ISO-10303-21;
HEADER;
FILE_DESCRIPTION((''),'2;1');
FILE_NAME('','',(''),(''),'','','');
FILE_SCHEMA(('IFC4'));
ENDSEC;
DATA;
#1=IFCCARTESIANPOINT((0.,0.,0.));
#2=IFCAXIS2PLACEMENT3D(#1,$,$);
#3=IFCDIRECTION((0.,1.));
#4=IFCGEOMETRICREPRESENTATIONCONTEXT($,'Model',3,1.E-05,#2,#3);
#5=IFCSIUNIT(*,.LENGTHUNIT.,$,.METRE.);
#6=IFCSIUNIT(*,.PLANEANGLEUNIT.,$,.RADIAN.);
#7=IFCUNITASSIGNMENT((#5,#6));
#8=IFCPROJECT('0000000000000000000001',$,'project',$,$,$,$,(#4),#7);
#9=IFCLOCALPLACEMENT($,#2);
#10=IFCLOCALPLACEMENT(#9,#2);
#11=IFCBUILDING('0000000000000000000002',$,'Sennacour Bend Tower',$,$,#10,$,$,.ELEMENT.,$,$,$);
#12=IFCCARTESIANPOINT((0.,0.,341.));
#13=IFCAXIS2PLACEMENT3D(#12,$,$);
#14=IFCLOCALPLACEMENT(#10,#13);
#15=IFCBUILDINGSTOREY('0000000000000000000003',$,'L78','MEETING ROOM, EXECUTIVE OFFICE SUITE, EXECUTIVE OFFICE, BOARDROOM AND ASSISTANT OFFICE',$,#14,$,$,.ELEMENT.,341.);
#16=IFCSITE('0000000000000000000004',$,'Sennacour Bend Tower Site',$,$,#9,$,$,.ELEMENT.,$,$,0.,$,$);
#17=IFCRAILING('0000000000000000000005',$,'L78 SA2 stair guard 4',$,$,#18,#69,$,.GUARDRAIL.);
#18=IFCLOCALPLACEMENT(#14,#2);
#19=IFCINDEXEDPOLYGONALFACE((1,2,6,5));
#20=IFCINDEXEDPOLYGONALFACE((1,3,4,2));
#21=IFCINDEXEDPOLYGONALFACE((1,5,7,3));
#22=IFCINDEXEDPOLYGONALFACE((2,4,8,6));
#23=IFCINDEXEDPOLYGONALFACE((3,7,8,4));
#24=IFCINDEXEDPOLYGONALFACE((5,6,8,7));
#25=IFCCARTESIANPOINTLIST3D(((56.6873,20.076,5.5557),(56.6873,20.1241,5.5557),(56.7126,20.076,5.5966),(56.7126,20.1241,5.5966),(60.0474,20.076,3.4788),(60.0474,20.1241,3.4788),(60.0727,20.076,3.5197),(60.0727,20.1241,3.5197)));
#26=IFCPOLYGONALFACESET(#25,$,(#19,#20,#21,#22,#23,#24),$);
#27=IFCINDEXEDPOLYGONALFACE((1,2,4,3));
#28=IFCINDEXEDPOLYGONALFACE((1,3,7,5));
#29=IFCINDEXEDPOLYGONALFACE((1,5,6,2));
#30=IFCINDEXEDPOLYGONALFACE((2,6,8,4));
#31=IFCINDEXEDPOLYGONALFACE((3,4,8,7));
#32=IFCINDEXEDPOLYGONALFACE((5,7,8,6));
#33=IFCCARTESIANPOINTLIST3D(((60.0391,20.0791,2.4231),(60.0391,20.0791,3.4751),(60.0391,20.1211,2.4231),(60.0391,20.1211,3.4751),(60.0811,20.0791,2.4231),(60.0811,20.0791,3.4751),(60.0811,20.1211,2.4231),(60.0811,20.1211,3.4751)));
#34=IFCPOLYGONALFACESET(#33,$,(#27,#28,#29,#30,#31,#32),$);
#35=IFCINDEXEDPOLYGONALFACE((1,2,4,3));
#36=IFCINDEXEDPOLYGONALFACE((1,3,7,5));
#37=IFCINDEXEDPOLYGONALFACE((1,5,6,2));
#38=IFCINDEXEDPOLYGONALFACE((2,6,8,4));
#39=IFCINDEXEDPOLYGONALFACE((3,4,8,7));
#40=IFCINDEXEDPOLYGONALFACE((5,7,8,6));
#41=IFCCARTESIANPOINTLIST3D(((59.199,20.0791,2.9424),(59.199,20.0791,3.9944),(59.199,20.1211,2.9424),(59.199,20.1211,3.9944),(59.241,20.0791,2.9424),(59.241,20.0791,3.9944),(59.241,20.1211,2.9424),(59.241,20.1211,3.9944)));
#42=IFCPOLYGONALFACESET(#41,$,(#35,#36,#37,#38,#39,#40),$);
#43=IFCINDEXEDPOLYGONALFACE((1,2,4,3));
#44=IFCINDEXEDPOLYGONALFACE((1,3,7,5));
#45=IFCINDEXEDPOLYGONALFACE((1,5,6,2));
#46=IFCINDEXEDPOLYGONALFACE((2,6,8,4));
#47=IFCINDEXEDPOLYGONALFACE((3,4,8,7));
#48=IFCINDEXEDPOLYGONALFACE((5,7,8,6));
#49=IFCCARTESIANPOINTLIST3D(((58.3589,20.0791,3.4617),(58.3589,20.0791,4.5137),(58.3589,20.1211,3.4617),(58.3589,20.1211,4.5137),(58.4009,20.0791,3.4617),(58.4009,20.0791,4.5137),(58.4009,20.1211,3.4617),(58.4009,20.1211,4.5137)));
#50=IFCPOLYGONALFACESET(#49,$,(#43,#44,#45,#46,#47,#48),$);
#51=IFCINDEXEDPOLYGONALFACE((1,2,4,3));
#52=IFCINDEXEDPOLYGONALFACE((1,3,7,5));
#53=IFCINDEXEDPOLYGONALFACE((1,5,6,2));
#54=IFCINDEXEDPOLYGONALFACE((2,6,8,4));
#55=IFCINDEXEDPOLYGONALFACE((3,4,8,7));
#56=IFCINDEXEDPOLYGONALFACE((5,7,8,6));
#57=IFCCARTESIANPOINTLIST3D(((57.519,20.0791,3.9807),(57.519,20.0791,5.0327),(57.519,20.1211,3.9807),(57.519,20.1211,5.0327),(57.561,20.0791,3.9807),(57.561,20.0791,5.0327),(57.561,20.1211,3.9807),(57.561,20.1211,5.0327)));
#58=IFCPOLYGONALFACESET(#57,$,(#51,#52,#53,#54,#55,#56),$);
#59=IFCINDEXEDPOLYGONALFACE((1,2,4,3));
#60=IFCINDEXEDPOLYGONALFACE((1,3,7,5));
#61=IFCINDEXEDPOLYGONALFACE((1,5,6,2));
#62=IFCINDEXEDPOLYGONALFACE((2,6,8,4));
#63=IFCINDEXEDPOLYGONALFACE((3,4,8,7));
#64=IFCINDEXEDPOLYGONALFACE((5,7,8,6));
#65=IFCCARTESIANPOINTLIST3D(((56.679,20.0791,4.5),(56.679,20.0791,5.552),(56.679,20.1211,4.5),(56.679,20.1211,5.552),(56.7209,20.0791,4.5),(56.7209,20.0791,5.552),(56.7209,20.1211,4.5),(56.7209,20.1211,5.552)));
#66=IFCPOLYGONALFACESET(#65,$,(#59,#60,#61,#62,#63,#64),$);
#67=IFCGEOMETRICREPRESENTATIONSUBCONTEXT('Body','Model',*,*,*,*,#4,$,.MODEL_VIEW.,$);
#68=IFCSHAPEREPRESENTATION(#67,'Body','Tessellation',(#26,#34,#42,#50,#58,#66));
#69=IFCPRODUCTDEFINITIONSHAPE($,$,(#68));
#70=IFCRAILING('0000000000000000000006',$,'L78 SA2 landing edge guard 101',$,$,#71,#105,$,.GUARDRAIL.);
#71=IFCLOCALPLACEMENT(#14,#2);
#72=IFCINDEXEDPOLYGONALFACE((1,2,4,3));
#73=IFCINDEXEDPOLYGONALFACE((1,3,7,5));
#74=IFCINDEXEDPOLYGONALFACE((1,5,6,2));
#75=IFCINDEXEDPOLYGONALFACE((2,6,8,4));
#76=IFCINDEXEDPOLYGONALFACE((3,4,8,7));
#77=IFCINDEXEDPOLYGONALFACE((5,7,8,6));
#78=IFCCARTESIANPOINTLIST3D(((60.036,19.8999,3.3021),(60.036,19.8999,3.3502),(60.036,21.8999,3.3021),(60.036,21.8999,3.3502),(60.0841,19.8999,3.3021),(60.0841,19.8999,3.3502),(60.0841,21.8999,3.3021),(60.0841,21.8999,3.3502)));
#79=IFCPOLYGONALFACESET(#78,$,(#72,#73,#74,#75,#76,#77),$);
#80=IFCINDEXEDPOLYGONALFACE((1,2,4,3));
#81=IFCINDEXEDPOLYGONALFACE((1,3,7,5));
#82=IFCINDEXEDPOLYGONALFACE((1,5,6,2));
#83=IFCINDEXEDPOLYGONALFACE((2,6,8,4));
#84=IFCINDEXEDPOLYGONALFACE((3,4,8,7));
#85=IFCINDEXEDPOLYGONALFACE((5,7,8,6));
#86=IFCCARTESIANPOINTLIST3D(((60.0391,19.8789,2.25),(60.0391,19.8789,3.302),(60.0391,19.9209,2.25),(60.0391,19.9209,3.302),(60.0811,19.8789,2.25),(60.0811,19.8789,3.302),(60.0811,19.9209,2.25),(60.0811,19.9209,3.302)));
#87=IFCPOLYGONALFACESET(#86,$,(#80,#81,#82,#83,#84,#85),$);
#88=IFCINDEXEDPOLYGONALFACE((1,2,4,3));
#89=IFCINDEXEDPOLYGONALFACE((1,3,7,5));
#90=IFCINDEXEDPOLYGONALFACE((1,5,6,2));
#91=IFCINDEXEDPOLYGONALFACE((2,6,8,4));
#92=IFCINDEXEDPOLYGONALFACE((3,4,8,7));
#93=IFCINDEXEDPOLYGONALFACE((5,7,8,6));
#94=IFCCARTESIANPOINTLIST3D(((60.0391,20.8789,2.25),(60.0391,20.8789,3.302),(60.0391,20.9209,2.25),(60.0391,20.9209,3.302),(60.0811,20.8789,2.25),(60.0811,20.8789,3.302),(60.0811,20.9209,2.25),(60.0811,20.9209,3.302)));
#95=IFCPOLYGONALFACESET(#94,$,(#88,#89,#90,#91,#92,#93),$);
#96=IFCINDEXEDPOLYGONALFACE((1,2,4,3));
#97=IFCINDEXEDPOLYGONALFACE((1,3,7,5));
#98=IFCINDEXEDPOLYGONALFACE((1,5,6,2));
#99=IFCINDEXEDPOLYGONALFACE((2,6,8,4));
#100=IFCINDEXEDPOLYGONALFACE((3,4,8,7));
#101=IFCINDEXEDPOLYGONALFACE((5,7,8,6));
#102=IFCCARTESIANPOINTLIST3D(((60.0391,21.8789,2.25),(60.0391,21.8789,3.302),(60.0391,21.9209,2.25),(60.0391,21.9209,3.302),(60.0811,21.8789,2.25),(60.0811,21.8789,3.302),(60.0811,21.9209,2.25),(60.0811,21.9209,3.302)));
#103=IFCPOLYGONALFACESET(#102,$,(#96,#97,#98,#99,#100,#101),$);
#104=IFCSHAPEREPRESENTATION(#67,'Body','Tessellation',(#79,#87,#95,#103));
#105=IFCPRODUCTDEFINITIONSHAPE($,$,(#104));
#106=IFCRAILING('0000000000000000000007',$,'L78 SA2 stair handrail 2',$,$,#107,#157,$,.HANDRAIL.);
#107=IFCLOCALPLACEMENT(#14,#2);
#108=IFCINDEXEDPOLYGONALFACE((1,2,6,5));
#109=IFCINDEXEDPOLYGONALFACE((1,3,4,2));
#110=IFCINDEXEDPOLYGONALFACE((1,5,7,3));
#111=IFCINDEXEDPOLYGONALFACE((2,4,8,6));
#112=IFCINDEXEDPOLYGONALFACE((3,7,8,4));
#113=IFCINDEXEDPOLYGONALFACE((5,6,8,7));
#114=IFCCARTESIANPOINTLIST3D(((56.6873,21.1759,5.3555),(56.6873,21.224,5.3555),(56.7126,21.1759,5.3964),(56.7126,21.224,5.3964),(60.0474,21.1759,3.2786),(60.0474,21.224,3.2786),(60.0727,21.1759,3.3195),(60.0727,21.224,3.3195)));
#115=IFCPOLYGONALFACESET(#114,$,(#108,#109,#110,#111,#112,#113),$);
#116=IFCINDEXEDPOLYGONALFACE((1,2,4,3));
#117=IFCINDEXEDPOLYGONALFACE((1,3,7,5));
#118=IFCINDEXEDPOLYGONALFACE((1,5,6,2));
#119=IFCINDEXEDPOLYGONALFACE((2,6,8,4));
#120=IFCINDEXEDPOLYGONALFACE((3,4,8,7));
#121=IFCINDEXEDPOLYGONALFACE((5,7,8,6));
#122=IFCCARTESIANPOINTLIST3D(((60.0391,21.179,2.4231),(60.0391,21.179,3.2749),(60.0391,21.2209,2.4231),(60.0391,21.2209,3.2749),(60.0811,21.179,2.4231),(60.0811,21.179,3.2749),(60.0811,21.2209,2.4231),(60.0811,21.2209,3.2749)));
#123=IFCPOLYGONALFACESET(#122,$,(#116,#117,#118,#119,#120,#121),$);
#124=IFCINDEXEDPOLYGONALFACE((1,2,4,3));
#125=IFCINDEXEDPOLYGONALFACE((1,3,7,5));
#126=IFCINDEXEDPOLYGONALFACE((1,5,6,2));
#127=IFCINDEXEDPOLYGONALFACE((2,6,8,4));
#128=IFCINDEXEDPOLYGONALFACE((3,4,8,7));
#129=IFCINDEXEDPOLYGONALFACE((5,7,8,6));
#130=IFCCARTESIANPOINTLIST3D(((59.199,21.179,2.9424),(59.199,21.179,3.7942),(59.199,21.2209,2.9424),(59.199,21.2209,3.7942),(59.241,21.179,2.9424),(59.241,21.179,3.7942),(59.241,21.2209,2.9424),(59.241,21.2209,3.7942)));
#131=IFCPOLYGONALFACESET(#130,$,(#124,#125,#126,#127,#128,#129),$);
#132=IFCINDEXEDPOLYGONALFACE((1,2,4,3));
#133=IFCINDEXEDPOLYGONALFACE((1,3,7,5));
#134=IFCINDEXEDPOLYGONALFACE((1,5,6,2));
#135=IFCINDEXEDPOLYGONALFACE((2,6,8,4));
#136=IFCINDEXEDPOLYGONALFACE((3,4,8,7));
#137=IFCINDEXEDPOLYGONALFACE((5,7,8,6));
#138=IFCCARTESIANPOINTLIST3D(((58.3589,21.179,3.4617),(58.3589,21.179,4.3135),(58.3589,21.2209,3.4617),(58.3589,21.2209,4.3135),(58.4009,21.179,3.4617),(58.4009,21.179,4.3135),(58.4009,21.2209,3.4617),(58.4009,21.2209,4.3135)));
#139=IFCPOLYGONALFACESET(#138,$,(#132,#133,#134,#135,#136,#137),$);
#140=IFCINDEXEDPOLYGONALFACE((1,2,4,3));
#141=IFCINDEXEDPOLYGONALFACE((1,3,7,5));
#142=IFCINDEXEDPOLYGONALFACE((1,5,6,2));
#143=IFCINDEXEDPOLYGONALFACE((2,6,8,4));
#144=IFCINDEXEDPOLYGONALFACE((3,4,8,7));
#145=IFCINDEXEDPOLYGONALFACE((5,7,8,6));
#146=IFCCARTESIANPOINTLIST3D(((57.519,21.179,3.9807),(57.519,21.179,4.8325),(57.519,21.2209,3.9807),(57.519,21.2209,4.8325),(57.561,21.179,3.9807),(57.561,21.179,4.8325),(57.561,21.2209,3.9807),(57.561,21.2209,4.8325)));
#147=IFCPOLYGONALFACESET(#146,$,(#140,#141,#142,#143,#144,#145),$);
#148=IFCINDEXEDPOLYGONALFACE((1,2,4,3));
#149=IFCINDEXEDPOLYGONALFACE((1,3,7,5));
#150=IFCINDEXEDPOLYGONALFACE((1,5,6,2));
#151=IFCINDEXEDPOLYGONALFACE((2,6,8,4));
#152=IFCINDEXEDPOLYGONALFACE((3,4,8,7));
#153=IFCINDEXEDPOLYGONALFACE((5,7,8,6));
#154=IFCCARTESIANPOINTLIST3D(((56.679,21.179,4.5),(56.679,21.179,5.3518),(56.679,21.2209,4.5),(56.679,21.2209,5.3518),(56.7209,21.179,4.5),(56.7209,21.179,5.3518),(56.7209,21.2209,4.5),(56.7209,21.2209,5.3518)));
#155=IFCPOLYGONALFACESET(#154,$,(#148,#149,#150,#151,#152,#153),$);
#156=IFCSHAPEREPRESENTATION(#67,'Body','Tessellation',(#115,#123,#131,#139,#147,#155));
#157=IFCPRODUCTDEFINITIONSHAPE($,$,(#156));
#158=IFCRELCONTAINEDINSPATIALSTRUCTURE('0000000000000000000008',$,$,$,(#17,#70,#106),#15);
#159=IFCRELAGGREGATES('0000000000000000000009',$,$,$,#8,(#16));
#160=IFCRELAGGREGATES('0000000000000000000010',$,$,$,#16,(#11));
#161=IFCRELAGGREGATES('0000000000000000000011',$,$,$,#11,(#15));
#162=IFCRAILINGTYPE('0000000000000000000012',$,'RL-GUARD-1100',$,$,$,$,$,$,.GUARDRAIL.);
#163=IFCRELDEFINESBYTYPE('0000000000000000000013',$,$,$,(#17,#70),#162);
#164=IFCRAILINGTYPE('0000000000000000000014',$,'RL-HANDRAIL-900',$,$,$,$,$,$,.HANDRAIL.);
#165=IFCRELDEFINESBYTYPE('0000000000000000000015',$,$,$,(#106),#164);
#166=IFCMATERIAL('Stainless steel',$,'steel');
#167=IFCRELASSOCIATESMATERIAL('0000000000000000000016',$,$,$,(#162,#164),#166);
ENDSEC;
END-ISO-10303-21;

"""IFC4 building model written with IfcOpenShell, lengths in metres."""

from ifc_helpers import new_model, si_unit, direction, frame, origin, origin_2d, place, context, subcontext, project, spatial, rectangle, extrude, material, type_object, element, save


model = new_model("IFC4")

# Units and contexts
model_context = context("Model", 3, precision=1e-05, world=origin(), true_north=direction((0.0, 1.0)))
body_context = subcontext(model_context, "Body", "Model", "MODEL_VIEW")
ifc_project = project(units=[si_unit("LENGTHUNIT", "METRE"), si_unit("PLANEANGLEUNIT", "RADIAN")], contexts=[model_context])

# Site, building, storey
site_placement = place(None, origin())
site = spatial("IfcSite", under=ifc_project, at=site_placement, Name="Sennacour Bend Tower Site", CompositionType="ELEMENT", RefElevation=0.0)
building_placement = place(site_placement, origin())
building = spatial("IfcBuilding", under=site, at=building_placement, Name="Sennacour Bend Tower", CompositionType="ELEMENT")
storey_placement = place(building_placement, frame((0.0, 0.0, 341.0)))
storey = spatial("IfcBuildingStorey", under=building, at=storey_placement, Name="L78", Description="MEETING ROOM, EXECUTIVE OFFICE SUITE, EXECUTIVE OFFICE, BOARDROOM AND ASSISTANT OFFICE", CompositionType="ELEMENT", Elevation=341.0)

# Shared definitions
ifc_material_1 = material(Name="Stainless steel", Category="steel")

# Railings
railing_type_1 = type_object("IfcRailingType", Name="RL-GUARD-1100", PredefinedType="GUARDRAIL", material=ifc_material_1)
railing_1_placement = place(storey_placement, frame((60.0601, 20.1001, 2.4231)))
element("IfcRailing", 1, at=railing_1_placement, inside=storey, type_object=railing_type_1, Name="L78 SA2 stair guard 4", PredefinedType="GUARDRAIL", context=body_context, shape_type="SweptSolid", body=[
    extrude(rectangle(XDim=0.0481, YDim=0.0481, at=origin_2d()), frame((0.0, 0.0, 1.0762), z_axis=(-0.850623, 0.0, 0.525776), x_axis=(0.0, -1.0, 0.0)), (0.0, 0.0, 1.0), 3.9502),
    extrude(rectangle(XDim=0.042, YDim=0.042, at=origin_2d()), origin(), (0.0, 0.0, 1.0), 1.052),
    extrude(rectangle(XDim=0.042, YDim=0.042, at=origin_2d()), frame((-0.8401, 0.0, 0.5193)), (0.0, 0.0, 1.0), 1.052),
    extrude(rectangle(XDim=0.042, YDim=0.042, at=origin_2d()), frame((-1.6802, 0.0, 1.0386)), (0.0, 0.0, 1.0), 1.052),
    extrude(rectangle(XDim=0.042, YDim=0.042, at=origin_2d()), frame((-2.52, 0.0, 1.5576)), (0.0, 0.0, 1.0), 1.052),
    extrude(rectangle(XDim=0.042, YDim=0.042, at=origin_2d()), frame((-3.3601, 0.0, 2.0769)), (0.0, 0.0, 1.0), 1.052),
])
railing_2_placement = place(storey_placement, frame((60.0601, 19.8999, 2.25)))
element("IfcRailing", 2, at=railing_2_placement, inside=storey, type_object=railing_type_1, Name="L78 SA2 landing edge guard 101", PredefinedType="GUARDRAIL", context=body_context, shape_type="SweptSolid", body=[
    extrude(rectangle(XDim=0.0481, YDim=0.0481, at=origin_2d()), frame((0.0, 0.0, 1.0762), z_axis=(0.0, 1.0, 0.0), x_axis=(-1.0, 0.0, 0.0)), (0.0, 0.0, 1.0), 2.0),
    extrude(rectangle(XDim=0.042, YDim=0.042, at=origin_2d()), origin(), (0.0, 0.0, 1.0), 1.052),
    extrude(rectangle(XDim=0.042, YDim=0.042, at=origin_2d()), frame((0.0, 1.0, 0.0)), (0.0, 0.0, 1.0), 1.052),
    extrude(rectangle(XDim=0.042, YDim=0.042, at=origin_2d()), frame((0.0, 2.0, 0.0)), (0.0, 0.0, 1.0), 1.052),
])
railing_type_2 = type_object("IfcRailingType", Name="RL-HANDRAIL-900", PredefinedType="HANDRAIL", material=ifc_material_1)
railing_3_placement = place(storey_placement, frame((60.0601, 21.2, 2.4231)))
element("IfcRailing", 3, at=railing_3_placement, inside=storey, type_object=railing_type_2, Name="L78 SA2 stair handrail 2", PredefinedType="HANDRAIL", context=body_context, shape_type="SweptSolid", body=[
    extrude(rectangle(XDim=0.0481, YDim=0.0481, at=origin_2d()), frame((0.0, 0.0, 0.876), z_axis=(-0.850623, 0.0, 0.525776), x_axis=(0.0, -1.0, 0.0)), (0.0, 0.0, 1.0), 3.9502),
    extrude(rectangle(XDim=0.042, YDim=0.042, at=origin_2d()), origin(), (0.0, 0.0, 1.0), 0.8518),
    extrude(rectangle(XDim=0.042, YDim=0.042, at=origin_2d()), frame((-0.8401, 0.0, 0.5193)), (0.0, 0.0, 1.0), 0.8518),
    extrude(rectangle(XDim=0.042, YDim=0.042, at=origin_2d()), frame((-1.6802, 0.0, 1.0386)), (0.0, 0.0, 1.0), 0.8518),
    extrude(rectangle(XDim=0.042, YDim=0.042, at=origin_2d()), frame((-2.52, 0.0, 1.5576)), (0.0, 0.0, 1.0), 0.8518),
    extrude(rectangle(XDim=0.042, YDim=0.042, at=origin_2d()), frame((-3.3601, 0.0, 2.0769)), (0.0, 0.0, 1.0), 0.8518),
])

save(model, "model.ifc")
